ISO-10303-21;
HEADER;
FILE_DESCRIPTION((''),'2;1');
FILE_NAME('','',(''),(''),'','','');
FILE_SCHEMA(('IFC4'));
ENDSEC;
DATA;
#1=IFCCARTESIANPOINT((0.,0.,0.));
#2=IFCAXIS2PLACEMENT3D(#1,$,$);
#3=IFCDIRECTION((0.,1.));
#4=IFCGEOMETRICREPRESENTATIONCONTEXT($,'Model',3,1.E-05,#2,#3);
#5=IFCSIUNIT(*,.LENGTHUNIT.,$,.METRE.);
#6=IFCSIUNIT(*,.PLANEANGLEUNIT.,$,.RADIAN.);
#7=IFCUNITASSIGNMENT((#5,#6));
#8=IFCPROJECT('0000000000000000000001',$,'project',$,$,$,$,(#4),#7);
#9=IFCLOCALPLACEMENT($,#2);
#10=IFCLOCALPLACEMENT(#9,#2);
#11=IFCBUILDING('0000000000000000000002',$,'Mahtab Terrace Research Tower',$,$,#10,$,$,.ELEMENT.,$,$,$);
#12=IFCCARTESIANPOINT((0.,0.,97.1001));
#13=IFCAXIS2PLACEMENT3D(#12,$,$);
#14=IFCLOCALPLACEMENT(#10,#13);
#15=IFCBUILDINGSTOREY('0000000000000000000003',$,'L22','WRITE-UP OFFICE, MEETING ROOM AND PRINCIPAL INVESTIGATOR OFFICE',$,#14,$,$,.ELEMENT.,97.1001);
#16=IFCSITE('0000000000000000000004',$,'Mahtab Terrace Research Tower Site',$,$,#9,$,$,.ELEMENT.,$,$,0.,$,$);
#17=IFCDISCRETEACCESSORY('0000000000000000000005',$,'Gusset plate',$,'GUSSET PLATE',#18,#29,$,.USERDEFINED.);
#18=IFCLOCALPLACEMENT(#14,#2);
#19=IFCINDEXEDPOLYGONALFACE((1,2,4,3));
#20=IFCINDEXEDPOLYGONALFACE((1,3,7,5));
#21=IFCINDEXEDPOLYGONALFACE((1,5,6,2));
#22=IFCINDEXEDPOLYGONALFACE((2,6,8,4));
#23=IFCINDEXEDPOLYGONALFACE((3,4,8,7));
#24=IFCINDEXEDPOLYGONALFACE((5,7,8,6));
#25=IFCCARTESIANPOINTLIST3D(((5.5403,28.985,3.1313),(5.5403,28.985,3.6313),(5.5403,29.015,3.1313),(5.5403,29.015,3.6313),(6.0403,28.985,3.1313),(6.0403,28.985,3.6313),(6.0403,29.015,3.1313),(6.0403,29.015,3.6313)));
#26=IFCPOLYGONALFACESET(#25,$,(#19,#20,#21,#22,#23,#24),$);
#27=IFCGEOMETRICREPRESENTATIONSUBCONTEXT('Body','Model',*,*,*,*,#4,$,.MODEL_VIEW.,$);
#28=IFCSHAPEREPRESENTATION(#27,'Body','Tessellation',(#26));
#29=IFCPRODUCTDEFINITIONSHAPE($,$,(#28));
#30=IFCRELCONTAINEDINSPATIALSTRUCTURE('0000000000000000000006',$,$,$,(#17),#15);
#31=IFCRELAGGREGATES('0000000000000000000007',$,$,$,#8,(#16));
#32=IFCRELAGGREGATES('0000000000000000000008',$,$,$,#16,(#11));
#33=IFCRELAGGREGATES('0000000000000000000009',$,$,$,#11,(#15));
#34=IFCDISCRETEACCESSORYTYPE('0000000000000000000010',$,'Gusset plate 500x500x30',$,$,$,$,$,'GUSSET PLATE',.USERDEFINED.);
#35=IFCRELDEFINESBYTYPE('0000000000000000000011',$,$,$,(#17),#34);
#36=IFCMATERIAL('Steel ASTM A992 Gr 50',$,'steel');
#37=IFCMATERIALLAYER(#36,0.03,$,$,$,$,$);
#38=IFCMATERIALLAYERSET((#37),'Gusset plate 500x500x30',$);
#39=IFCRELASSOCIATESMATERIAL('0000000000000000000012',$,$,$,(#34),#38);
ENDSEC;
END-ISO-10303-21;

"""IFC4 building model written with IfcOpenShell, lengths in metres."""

from ifc_helpers import new_model, si_unit, direction, frame, origin, origin_2d, place, context, subcontext, project, spatial, rectangle, extrude, material, layer, layer_set, type_object, element, save


model = new_model("IFC4")

# Units and contexts
model_context = context("Model", 3, precision=1e-05, world=origin(), true_north=direction((0.0, 1.0)))
body_context = subcontext(model_context, "Body", "Model", "MODEL_VIEW")
ifc_project = project(units=[si_unit("LENGTHUNIT", "METRE"), si_unit("PLANEANGLEUNIT", "RADIAN")], contexts=[model_context])

# Site, building, storey
site_placement = place(None, origin())
site = spatial("IfcSite", under=ifc_project, at=site_placement, Name="Mahtab Terrace Research Tower Site", CompositionType="ELEMENT", RefElevation=0.0)
building_placement = place(site_placement, origin())
building = spatial("IfcBuilding", under=site, at=building_placement, Name="Mahtab Terrace Research Tower", CompositionType="ELEMENT")
storey_placement = place(building_placement, frame((0.0, 0.0, 97.1001)))
storey = spatial("IfcBuildingStorey", under=building, at=storey_placement, Name="L22", Description="WRITE-UP OFFICE, MEETING ROOM AND PRINCIPAL INVESTIGATOR OFFICE", CompositionType="ELEMENT", Elevation=97.1001)

# Shared definitions
ifc_material_1 = material(Name="Steel ASTM A992 Gr 50", Category="steel")

# Discrete accessory
ifc_layer_1 = layer(ifc_material_1, 0.03)
ifc_layer_set_1 = layer_set([ifc_layer_1], Name="Gusset plate 500x500x30")
discrete_accessory_type = type_object("IfcDiscreteAccessoryType", Name="Gusset plate 500x500x30", ElementType="GUSSET PLATE", PredefinedType="USERDEFINED", material=ifc_layer_set_1)
discrete_accessory_placement = place(storey_placement, frame((5.7903, 29.0, 3.1313), z_axis=(0.0, 0.0, 1.0), x_axis=(1.0, 0.0, 0.0)))
element("IfcDiscreteAccessory", 1, at=discrete_accessory_placement, inside=storey, type_object=discrete_accessory_type, Name="Gusset plate", ObjectType="GUSSET PLATE", PredefinedType="USERDEFINED", context=body_context, shape_type="SweptSolid", body=[
    extrude(rectangle(XDim=0.5, YDim=0.03, at=origin_2d()), origin(), (0.0, 0.0, 1.0), 0.5),
])

save(model, "model.ifc")
